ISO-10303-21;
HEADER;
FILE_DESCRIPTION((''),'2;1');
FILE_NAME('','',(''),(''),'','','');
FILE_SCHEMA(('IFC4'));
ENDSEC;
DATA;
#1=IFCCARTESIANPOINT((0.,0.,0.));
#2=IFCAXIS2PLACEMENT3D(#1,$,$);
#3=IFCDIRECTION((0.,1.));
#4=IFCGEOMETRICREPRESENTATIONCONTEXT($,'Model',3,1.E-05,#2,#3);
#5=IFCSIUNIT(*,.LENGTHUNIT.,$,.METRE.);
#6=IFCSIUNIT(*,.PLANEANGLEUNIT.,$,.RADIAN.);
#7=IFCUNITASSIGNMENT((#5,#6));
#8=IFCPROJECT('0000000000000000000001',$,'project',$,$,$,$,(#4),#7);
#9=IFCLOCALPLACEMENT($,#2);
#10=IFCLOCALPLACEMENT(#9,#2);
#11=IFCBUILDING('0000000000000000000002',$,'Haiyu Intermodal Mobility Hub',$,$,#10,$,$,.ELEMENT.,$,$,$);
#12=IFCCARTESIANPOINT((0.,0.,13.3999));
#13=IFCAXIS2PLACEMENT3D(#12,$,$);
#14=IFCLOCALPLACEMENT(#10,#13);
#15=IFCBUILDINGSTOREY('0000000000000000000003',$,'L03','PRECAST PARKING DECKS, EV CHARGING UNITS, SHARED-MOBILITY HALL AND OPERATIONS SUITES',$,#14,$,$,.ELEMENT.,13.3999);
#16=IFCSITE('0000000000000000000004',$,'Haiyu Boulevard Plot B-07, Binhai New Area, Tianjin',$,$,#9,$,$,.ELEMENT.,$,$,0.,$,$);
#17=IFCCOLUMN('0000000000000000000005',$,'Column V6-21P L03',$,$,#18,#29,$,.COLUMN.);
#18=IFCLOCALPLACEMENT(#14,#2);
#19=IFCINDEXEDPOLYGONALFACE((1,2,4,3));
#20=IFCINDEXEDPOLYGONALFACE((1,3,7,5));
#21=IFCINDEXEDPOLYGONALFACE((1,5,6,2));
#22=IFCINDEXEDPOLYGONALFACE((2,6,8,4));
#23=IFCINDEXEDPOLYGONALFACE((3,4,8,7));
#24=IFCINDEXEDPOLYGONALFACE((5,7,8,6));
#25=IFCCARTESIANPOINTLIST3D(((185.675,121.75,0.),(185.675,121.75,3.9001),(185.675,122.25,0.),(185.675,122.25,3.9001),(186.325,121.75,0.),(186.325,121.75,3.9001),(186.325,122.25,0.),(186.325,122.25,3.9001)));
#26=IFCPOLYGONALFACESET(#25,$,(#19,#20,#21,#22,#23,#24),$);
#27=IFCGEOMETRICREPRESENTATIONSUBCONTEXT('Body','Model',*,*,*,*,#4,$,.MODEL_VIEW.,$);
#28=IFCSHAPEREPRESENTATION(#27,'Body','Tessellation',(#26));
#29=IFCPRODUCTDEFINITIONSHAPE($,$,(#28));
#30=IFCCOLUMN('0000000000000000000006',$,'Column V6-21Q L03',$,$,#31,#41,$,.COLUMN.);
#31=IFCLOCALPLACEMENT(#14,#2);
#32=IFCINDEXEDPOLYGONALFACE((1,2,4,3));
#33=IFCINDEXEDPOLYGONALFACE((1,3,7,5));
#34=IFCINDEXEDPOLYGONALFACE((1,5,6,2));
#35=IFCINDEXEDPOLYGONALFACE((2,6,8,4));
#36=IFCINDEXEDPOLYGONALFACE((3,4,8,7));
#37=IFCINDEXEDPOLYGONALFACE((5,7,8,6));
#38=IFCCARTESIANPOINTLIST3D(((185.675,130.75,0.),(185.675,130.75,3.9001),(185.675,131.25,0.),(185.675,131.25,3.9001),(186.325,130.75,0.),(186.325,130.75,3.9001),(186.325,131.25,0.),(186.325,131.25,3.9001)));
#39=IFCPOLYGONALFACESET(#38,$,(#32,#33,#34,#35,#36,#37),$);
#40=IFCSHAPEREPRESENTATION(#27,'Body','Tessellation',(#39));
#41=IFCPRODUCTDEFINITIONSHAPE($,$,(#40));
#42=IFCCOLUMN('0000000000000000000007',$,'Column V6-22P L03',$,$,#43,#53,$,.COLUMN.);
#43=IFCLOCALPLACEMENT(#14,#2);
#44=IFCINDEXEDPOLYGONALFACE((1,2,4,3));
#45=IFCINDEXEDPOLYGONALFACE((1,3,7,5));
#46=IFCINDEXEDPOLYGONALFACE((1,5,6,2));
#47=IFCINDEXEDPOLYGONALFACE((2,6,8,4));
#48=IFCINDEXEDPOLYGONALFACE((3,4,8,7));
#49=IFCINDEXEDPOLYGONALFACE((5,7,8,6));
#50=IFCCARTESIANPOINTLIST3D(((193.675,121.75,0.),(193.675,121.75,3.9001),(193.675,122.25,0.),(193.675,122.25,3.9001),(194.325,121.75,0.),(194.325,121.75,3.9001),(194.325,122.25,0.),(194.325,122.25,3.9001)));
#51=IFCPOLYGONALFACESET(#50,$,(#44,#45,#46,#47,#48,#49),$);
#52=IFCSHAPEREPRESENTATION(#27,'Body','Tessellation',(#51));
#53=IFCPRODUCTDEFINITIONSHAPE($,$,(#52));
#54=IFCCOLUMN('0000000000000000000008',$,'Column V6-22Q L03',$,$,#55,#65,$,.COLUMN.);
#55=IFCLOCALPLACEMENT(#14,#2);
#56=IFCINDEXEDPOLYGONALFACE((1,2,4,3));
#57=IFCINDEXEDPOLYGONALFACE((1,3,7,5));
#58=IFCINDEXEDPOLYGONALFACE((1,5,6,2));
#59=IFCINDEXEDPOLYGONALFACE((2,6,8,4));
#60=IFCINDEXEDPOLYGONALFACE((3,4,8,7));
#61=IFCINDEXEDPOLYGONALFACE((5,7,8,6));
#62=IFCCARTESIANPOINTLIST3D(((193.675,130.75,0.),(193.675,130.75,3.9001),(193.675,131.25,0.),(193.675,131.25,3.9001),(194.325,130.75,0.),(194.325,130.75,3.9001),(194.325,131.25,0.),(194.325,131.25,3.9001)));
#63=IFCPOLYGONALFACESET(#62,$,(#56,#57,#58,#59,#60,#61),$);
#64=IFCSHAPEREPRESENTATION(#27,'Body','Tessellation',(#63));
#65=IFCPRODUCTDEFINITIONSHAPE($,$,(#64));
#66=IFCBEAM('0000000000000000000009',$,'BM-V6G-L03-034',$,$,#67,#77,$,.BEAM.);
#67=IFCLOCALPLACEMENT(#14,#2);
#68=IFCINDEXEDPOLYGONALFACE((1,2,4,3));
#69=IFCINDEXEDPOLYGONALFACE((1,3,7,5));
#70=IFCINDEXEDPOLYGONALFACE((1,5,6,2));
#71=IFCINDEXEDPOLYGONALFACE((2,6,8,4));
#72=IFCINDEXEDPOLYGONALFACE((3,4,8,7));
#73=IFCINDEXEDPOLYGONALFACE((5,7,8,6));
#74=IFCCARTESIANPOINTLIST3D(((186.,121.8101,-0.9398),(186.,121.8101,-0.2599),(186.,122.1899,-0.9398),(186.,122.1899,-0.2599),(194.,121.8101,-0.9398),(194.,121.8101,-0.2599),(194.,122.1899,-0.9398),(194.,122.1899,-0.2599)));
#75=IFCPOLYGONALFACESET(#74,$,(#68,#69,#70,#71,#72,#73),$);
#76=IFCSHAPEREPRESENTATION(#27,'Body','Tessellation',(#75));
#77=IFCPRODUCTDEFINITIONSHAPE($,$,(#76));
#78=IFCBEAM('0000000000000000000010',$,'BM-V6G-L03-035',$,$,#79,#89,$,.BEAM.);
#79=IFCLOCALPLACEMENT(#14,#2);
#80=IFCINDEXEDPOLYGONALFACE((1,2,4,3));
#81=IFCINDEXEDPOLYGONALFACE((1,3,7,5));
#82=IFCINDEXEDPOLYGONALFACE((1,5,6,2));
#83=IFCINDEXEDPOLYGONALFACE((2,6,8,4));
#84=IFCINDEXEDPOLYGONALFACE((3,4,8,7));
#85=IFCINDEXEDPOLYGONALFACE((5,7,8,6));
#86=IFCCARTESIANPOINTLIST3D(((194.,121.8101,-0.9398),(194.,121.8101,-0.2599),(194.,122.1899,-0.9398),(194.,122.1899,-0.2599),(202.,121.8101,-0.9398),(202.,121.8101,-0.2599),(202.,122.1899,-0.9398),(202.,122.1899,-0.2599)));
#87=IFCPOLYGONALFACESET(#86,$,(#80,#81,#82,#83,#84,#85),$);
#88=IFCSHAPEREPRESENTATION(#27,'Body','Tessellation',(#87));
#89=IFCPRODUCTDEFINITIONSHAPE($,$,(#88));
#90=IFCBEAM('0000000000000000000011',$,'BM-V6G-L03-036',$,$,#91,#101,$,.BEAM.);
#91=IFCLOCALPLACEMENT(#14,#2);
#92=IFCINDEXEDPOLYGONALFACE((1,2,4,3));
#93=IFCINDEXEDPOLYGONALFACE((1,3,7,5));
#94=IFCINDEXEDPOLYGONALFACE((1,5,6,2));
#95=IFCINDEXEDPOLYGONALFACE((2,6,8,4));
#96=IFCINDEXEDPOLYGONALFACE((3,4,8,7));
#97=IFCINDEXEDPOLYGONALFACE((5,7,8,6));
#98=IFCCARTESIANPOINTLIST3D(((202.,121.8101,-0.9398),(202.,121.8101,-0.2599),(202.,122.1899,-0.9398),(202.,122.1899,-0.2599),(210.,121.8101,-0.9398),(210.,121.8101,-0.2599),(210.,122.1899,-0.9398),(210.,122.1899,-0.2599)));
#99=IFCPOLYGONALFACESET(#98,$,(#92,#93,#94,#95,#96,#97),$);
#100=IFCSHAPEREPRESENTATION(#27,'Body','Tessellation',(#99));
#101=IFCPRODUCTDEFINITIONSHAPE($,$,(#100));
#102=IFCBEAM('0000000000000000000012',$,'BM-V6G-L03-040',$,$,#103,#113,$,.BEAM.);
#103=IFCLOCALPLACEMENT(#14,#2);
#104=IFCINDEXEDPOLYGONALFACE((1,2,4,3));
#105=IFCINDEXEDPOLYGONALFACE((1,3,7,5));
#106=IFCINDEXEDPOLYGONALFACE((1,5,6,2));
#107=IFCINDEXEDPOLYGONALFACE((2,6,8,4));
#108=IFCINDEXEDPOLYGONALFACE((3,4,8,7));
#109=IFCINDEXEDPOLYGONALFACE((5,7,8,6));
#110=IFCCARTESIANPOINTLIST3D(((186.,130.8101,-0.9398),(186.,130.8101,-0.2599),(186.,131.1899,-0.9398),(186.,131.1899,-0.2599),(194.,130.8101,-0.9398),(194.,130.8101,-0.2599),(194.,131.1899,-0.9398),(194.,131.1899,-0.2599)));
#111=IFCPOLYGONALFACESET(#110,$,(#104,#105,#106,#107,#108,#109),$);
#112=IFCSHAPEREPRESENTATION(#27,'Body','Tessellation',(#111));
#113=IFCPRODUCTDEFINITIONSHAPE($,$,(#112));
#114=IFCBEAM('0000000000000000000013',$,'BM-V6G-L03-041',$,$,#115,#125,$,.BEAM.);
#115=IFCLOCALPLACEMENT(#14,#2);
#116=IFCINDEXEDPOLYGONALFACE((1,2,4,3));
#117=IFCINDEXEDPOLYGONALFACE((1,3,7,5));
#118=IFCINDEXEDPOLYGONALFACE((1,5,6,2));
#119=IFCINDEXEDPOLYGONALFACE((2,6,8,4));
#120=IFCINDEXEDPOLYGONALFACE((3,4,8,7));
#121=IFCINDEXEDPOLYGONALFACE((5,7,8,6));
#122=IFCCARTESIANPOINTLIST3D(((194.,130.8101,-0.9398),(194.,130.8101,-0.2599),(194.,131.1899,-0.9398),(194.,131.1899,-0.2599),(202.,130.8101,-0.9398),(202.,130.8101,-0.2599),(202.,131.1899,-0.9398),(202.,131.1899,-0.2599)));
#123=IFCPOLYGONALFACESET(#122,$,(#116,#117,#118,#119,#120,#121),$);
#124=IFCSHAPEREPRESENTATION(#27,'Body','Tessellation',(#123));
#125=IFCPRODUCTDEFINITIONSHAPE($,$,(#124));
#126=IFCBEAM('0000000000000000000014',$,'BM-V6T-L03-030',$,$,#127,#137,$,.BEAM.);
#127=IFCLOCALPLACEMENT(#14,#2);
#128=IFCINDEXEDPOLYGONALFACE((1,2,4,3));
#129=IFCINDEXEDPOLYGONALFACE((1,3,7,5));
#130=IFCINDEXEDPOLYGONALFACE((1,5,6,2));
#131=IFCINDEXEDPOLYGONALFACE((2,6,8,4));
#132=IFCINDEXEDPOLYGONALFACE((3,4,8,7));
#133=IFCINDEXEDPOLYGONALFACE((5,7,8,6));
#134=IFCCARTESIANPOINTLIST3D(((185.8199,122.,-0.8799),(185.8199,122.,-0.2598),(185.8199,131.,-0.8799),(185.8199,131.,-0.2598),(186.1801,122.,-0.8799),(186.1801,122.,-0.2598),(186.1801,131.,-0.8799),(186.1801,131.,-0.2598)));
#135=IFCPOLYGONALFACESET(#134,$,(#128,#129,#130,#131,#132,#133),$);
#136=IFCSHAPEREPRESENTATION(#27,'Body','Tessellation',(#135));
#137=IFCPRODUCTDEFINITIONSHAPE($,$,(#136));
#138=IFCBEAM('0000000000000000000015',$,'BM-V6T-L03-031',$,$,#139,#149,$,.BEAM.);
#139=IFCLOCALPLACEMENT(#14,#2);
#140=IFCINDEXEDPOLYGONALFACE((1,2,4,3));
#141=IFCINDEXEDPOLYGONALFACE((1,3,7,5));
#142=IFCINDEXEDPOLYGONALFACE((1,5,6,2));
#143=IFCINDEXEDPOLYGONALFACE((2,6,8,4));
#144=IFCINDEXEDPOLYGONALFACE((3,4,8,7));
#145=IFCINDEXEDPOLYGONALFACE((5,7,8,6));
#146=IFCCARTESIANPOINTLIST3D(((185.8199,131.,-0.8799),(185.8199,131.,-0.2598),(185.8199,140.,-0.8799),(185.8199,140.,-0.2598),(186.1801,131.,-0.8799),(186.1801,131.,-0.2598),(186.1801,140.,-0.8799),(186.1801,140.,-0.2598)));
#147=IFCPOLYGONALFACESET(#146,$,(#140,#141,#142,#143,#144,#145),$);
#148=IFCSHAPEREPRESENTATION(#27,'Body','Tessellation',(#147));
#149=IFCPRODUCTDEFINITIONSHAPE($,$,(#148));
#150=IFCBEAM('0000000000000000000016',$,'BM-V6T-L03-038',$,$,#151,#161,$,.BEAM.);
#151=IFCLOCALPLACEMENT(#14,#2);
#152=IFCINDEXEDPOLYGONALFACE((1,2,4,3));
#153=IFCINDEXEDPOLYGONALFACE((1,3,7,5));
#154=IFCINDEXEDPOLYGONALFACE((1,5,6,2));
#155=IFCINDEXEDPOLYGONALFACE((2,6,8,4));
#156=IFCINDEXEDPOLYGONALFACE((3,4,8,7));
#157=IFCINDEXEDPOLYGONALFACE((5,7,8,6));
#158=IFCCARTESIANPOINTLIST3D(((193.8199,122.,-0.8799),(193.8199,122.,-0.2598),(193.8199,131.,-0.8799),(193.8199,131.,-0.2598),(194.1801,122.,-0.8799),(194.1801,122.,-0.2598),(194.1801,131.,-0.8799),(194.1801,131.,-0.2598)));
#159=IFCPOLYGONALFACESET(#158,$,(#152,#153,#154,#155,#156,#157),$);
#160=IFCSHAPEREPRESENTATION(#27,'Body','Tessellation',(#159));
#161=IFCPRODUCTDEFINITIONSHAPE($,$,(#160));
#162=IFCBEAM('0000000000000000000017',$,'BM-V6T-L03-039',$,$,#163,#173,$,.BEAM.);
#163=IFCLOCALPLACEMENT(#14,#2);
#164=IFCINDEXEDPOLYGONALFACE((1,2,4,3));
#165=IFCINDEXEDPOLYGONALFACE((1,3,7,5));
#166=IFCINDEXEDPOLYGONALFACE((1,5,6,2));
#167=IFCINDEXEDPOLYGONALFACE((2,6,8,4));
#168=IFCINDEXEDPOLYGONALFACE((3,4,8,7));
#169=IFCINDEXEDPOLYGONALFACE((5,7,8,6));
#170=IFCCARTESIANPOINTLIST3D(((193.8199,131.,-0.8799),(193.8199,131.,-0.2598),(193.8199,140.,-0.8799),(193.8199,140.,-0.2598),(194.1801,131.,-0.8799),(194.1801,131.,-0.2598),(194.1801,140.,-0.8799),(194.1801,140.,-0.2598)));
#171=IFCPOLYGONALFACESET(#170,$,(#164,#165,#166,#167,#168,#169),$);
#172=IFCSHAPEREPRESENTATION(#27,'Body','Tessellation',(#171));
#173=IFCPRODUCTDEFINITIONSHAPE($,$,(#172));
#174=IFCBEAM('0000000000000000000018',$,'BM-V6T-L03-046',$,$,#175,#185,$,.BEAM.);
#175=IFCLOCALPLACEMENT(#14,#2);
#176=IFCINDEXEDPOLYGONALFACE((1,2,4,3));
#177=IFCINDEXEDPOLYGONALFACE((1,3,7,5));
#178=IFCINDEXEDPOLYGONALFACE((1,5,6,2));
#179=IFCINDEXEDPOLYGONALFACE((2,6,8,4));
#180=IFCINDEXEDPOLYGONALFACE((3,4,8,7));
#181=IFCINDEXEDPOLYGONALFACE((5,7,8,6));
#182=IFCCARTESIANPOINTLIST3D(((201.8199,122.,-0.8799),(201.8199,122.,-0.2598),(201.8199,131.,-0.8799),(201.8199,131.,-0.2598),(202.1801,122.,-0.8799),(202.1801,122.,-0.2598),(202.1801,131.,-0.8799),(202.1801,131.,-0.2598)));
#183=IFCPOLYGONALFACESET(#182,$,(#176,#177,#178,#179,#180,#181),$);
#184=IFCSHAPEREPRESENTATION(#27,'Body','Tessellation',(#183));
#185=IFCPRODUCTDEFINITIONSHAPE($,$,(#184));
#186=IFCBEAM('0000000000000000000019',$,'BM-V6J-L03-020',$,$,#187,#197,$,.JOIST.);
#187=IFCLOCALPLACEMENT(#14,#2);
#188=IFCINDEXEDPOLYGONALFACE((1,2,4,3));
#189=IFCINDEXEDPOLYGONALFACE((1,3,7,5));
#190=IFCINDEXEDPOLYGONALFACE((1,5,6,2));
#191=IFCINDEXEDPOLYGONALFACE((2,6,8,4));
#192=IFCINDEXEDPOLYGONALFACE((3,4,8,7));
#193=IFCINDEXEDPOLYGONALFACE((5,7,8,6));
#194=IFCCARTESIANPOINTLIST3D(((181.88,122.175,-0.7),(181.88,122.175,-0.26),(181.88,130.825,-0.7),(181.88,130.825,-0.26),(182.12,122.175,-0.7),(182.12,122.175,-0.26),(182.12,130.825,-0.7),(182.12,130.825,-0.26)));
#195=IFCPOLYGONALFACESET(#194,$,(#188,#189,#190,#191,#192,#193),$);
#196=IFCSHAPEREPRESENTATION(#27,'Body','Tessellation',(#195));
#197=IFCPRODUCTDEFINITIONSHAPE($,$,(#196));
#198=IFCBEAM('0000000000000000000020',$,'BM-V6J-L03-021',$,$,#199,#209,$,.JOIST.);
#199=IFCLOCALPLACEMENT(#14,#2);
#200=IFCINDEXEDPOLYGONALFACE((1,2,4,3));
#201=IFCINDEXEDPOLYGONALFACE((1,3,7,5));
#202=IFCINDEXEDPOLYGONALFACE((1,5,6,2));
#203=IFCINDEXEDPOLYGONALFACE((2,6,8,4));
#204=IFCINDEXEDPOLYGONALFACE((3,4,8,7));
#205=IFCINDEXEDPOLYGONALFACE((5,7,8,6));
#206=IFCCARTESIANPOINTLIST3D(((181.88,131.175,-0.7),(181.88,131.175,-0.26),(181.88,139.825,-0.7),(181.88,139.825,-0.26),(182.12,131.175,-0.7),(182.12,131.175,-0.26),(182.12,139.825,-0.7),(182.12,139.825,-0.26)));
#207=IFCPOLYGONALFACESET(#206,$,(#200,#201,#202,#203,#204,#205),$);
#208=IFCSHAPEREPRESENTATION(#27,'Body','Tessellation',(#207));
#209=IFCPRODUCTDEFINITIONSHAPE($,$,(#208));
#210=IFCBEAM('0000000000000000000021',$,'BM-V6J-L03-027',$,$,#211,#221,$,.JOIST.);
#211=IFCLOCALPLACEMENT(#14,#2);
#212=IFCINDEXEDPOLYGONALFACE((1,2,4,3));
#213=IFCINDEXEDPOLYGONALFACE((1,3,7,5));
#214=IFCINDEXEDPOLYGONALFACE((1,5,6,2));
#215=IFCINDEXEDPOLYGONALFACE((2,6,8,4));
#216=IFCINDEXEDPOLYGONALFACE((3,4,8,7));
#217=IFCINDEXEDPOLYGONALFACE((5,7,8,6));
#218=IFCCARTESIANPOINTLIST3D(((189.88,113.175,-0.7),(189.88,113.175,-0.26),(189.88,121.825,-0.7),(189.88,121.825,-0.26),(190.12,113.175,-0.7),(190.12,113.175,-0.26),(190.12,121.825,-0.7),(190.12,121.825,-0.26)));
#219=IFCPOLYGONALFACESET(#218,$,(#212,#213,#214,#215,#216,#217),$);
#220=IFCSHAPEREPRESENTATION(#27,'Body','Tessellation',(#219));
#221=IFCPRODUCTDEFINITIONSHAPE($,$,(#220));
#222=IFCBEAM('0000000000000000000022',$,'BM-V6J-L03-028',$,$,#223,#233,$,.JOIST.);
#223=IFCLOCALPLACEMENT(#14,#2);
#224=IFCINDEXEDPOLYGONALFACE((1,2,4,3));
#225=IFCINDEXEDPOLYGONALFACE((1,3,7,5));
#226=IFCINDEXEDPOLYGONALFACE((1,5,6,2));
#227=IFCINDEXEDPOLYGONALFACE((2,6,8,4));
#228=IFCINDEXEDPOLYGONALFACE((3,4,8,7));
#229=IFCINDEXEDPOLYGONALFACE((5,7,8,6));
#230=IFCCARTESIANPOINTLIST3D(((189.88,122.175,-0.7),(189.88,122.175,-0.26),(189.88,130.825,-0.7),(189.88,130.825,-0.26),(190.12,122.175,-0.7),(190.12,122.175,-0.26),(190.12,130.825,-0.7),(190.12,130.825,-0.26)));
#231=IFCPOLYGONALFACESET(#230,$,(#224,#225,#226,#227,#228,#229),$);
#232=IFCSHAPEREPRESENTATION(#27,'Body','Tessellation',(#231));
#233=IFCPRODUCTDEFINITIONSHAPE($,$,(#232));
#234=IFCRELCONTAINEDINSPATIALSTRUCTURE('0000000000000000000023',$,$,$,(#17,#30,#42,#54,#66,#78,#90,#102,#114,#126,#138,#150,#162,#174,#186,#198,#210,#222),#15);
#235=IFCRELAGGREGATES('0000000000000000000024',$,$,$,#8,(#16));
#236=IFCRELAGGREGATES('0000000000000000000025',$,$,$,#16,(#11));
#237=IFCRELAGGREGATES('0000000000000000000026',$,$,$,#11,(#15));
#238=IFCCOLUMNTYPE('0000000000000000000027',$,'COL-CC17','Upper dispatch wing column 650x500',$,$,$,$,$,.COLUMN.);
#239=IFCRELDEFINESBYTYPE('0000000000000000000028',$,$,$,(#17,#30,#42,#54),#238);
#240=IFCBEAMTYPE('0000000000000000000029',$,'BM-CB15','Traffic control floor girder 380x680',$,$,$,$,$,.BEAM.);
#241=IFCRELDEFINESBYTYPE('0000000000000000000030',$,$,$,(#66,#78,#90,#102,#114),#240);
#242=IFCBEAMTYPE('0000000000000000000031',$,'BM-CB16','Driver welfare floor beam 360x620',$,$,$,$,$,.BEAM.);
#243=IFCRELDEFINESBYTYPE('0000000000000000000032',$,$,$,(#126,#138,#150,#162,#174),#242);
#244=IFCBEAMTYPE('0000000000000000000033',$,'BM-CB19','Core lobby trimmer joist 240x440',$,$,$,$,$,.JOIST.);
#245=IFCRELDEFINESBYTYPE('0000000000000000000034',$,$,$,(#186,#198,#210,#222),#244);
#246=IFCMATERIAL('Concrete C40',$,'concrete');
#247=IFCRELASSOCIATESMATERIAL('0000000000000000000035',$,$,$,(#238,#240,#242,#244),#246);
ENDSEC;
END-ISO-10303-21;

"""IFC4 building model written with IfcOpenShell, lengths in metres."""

from ifc_helpers import new_model, si_unit, direction, frame, origin, origin_2d, place, context, subcontext, project, spatial, rectangle, extrude, material, material_profile, profile_set, type_object, element, save


model = new_model("IFC4")

# Units and contexts
model_context = context("Model", 3, precision=1e-05, world=origin(), true_north=direction((0.0, 1.0)))
body_context = subcontext(model_context, "Body", "Model", "MODEL_VIEW")
ifc_project = project(units=[si_unit("LENGTHUNIT", "METRE"), si_unit("PLANEANGLEUNIT", "RADIAN")], contexts=[model_context])

# Site, building, storey
site_placement = place(None, origin())
site = spatial("IfcSite", under=ifc_project, at=site_placement, Name="Haiyu Boulevard Plot B-07, Binhai New Area, Tianjin", CompositionType="ELEMENT", RefElevation=0.0)
building_placement = place(site_placement, origin())
building = spatial("IfcBuilding", under=site, at=building_placement, Name="Haiyu Intermodal Mobility Hub", CompositionType="ELEMENT")
storey_placement = place(building_placement, frame((0.0, 0.0, 13.3999)))
storey = spatial("IfcBuildingStorey", under=building, at=storey_placement, Name="L03", Description="PRECAST PARKING DECKS, EV CHARGING UNITS, SHARED-MOBILITY HALL AND OPERATIONS SUITES", CompositionType="ELEMENT", Elevation=13.3999)

# Columns
ifc_material_1 = material(Name="Concrete C40", Category="concrete")
ifc_material_profile_1 = material_profile(ifc_material_1, rectangle(XDim=0.6499, YDim=0.5, at=origin_2d()), Name="C650x500")
ifc_profile_set_1 = profile_set([ifc_material_profile_1], Name="Concrete C40")
column_type = type_object("IfcColumnType", Name="COL-CC17", Description="Upper dispatch wing column 650x500", PredefinedType="COLUMN", material=ifc_profile_set_1)
for number, where, z_axis, x_axis, name in (
    (1, (186.0, 122.0, 0.0), (0.0, 0.0, 1.0), (1.0, 0.0, 0.0), "Column V6-21P L03"),
    (2, (186.0, 131.0, 0.0), (0.0, 0.0, 1.0), (1.0, 0.0, 0.0), "Column V6-21Q L03"),
    (3, (194.0, 122.0, 0.0), (0.0, 0.0, 1.0), (1.0, 0.0, 0.0), "Column V6-22P L03"),
    (4, (194.0, 131.0, 0.0), (0.0, 0.0, 1.0), (1.0, 0.0, 0.0), "Column V6-22Q L03"),
):
    element("IfcColumn", number, at=place(storey_placement, frame(where, z_axis=z_axis, x_axis=x_axis)), inside=storey, type_object=column_type, Name=name, PredefinedType="COLUMN", context=body_context, shape_type="SweptSolid", body=[
        extrude(rectangle(XDim=0.6499, YDim=0.5, at=origin_2d()), origin(), (0.0, 0.0, 1.0), 3.9001),
    ])

# Beams
ifc_material_profile_2 = material_profile(ifc_material_1, rectangle(XDim=0.3799, YDim=0.6799, at=origin_2d()), Name="B380x680")
ifc_profile_set_2 = profile_set([ifc_material_profile_2], Name="Concrete C40")
beam_type_1 = type_object("IfcBeamType", Name="BM-CB15", Description="Traffic control floor girder 380x680", PredefinedType="BEAM", material=ifc_profile_set_2)
for number, where, z_axis, x_axis, name in (
    (5, (186.0, 122.0, -0.5999), (1.0, 0.0, 0.0), (0.0, 1.0, 0.0), "BM-V6G-L03-034"),
    (6, (194.0, 122.0, -0.5999), (1.0, 0.0, 0.0), (0.0, 1.0, 0.0), "BM-V6G-L03-035"),
    (7, (202.0, 122.0, -0.5999), (1.0, 0.0, 0.0), (0.0, 1.0, 0.0), "BM-V6G-L03-036"),
    (8, (186.0, 131.0, -0.5999), (1.0, 0.0, 0.0), (0.0, 1.0, 0.0), "BM-V6G-L03-040"),
    (9, (194.0, 131.0, -0.5999), (1.0, 0.0, 0.0), (0.0, 1.0, 0.0), "BM-V6G-L03-041"),
):
    element("IfcBeam", number, at=place(storey_placement, frame(where, z_axis=z_axis, x_axis=x_axis)), inside=storey, type_object=beam_type_1, Name=name, PredefinedType="BEAM", context=body_context, shape_type="SweptSolid", body=[
        extrude(rectangle(XDim=0.3799, YDim=0.6799, at=origin_2d()), origin(), (0.0, 0.0, 1.0), 8.0),
    ])
ifc_material_profile_3 = material_profile(ifc_material_1, rectangle(XDim=0.3601, YDim=0.6201, at=origin_2d()), Name="B360x620")
ifc_profile_set_3 = profile_set([ifc_material_profile_3], Name="Concrete C40")
beam_type_2 = type_object("IfcBeamType", Name="BM-CB16", Description="Driver welfare floor beam 360x620", PredefinedType="BEAM", material=ifc_profile_set_3)
for number, where, z_axis, x_axis, name in (
    (10, (186.0, 122.0, -0.5698), (0.0, 1.0, 0.0), (-1.0, 0.0, 0.0), "BM-V6T-L03-030"),
    (11, (186.0, 131.0, -0.5698), (0.0, 1.0, 0.0), (-1.0, 0.0, 0.0), "BM-V6T-L03-031"),
    (12, (194.0, 122.0, -0.5698), (0.0, 1.0, 0.0), (-1.0, 0.0, 0.0), "BM-V6T-L03-038"),
    (13, (194.0, 131.0, -0.5698), (0.0, 1.0, 0.0), (-1.0, 0.0, 0.0), "BM-V6T-L03-039"),
    (14, (202.0, 122.0, -0.5698), (0.0, 1.0, 0.0), (-1.0, 0.0, 0.0), "BM-V6T-L03-046"),
):
    element("IfcBeam", number, at=place(storey_placement, frame(where, z_axis=z_axis, x_axis=x_axis)), inside=storey, type_object=beam_type_2, Name=name, PredefinedType="BEAM", context=body_context, shape_type="SweptSolid", body=[
        extrude(rectangle(XDim=0.3601, YDim=0.6201, at=origin_2d()), origin(), (0.0, 0.0, 1.0), 9.0),
    ])
ifc_material_profile_4 = material_profile(ifc_material_1, rectangle(XDim=0.24, YDim=0.4399, at=origin_2d()), Name="B240x440")
ifc_profile_set_4 = profile_set([ifc_material_profile_4], Name="Concrete C40")
beam_type_3 = type_object("IfcBeamType", Name="BM-CB19", Description="Core lobby trimmer joist 240x440", PredefinedType="JOIST", material=ifc_profile_set_4)
for number, where, z_axis, x_axis, name in (
    (15, (182.0, 122.175, -0.48), (0.0, 1.0, 0.0), (-1.0, 0.0, 0.0), "BM-V6J-L03-020"),
    (16, (182.0, 131.175, -0.48), (0.0, 1.0, 0.0), (-1.0, 0.0, 0.0), "BM-V6J-L03-021"),
    (17, (190.0, 113.175, -0.48), (0.0, 1.0, 0.0), (-1.0, 0.0, 0.0), "BM-V6J-L03-027"),
    (18, (190.0, 122.175, -0.48), (0.0, 1.0, 0.0), (-1.0, 0.0, 0.0), "BM-V6J-L03-028"),
):
    element("IfcBeam", number, at=place(storey_placement, frame(where, z_axis=z_axis, x_axis=x_axis)), inside=storey, type_object=beam_type_3, Name=name, PredefinedType="JOIST", context=body_context, shape_type="SweptSolid", body=[
        extrude(rectangle(XDim=0.24, YDim=0.4399, at=origin_2d()), origin(), (0.0, 0.0, 1.0), 8.6499),
    ])

save(model, "model.ifc")
